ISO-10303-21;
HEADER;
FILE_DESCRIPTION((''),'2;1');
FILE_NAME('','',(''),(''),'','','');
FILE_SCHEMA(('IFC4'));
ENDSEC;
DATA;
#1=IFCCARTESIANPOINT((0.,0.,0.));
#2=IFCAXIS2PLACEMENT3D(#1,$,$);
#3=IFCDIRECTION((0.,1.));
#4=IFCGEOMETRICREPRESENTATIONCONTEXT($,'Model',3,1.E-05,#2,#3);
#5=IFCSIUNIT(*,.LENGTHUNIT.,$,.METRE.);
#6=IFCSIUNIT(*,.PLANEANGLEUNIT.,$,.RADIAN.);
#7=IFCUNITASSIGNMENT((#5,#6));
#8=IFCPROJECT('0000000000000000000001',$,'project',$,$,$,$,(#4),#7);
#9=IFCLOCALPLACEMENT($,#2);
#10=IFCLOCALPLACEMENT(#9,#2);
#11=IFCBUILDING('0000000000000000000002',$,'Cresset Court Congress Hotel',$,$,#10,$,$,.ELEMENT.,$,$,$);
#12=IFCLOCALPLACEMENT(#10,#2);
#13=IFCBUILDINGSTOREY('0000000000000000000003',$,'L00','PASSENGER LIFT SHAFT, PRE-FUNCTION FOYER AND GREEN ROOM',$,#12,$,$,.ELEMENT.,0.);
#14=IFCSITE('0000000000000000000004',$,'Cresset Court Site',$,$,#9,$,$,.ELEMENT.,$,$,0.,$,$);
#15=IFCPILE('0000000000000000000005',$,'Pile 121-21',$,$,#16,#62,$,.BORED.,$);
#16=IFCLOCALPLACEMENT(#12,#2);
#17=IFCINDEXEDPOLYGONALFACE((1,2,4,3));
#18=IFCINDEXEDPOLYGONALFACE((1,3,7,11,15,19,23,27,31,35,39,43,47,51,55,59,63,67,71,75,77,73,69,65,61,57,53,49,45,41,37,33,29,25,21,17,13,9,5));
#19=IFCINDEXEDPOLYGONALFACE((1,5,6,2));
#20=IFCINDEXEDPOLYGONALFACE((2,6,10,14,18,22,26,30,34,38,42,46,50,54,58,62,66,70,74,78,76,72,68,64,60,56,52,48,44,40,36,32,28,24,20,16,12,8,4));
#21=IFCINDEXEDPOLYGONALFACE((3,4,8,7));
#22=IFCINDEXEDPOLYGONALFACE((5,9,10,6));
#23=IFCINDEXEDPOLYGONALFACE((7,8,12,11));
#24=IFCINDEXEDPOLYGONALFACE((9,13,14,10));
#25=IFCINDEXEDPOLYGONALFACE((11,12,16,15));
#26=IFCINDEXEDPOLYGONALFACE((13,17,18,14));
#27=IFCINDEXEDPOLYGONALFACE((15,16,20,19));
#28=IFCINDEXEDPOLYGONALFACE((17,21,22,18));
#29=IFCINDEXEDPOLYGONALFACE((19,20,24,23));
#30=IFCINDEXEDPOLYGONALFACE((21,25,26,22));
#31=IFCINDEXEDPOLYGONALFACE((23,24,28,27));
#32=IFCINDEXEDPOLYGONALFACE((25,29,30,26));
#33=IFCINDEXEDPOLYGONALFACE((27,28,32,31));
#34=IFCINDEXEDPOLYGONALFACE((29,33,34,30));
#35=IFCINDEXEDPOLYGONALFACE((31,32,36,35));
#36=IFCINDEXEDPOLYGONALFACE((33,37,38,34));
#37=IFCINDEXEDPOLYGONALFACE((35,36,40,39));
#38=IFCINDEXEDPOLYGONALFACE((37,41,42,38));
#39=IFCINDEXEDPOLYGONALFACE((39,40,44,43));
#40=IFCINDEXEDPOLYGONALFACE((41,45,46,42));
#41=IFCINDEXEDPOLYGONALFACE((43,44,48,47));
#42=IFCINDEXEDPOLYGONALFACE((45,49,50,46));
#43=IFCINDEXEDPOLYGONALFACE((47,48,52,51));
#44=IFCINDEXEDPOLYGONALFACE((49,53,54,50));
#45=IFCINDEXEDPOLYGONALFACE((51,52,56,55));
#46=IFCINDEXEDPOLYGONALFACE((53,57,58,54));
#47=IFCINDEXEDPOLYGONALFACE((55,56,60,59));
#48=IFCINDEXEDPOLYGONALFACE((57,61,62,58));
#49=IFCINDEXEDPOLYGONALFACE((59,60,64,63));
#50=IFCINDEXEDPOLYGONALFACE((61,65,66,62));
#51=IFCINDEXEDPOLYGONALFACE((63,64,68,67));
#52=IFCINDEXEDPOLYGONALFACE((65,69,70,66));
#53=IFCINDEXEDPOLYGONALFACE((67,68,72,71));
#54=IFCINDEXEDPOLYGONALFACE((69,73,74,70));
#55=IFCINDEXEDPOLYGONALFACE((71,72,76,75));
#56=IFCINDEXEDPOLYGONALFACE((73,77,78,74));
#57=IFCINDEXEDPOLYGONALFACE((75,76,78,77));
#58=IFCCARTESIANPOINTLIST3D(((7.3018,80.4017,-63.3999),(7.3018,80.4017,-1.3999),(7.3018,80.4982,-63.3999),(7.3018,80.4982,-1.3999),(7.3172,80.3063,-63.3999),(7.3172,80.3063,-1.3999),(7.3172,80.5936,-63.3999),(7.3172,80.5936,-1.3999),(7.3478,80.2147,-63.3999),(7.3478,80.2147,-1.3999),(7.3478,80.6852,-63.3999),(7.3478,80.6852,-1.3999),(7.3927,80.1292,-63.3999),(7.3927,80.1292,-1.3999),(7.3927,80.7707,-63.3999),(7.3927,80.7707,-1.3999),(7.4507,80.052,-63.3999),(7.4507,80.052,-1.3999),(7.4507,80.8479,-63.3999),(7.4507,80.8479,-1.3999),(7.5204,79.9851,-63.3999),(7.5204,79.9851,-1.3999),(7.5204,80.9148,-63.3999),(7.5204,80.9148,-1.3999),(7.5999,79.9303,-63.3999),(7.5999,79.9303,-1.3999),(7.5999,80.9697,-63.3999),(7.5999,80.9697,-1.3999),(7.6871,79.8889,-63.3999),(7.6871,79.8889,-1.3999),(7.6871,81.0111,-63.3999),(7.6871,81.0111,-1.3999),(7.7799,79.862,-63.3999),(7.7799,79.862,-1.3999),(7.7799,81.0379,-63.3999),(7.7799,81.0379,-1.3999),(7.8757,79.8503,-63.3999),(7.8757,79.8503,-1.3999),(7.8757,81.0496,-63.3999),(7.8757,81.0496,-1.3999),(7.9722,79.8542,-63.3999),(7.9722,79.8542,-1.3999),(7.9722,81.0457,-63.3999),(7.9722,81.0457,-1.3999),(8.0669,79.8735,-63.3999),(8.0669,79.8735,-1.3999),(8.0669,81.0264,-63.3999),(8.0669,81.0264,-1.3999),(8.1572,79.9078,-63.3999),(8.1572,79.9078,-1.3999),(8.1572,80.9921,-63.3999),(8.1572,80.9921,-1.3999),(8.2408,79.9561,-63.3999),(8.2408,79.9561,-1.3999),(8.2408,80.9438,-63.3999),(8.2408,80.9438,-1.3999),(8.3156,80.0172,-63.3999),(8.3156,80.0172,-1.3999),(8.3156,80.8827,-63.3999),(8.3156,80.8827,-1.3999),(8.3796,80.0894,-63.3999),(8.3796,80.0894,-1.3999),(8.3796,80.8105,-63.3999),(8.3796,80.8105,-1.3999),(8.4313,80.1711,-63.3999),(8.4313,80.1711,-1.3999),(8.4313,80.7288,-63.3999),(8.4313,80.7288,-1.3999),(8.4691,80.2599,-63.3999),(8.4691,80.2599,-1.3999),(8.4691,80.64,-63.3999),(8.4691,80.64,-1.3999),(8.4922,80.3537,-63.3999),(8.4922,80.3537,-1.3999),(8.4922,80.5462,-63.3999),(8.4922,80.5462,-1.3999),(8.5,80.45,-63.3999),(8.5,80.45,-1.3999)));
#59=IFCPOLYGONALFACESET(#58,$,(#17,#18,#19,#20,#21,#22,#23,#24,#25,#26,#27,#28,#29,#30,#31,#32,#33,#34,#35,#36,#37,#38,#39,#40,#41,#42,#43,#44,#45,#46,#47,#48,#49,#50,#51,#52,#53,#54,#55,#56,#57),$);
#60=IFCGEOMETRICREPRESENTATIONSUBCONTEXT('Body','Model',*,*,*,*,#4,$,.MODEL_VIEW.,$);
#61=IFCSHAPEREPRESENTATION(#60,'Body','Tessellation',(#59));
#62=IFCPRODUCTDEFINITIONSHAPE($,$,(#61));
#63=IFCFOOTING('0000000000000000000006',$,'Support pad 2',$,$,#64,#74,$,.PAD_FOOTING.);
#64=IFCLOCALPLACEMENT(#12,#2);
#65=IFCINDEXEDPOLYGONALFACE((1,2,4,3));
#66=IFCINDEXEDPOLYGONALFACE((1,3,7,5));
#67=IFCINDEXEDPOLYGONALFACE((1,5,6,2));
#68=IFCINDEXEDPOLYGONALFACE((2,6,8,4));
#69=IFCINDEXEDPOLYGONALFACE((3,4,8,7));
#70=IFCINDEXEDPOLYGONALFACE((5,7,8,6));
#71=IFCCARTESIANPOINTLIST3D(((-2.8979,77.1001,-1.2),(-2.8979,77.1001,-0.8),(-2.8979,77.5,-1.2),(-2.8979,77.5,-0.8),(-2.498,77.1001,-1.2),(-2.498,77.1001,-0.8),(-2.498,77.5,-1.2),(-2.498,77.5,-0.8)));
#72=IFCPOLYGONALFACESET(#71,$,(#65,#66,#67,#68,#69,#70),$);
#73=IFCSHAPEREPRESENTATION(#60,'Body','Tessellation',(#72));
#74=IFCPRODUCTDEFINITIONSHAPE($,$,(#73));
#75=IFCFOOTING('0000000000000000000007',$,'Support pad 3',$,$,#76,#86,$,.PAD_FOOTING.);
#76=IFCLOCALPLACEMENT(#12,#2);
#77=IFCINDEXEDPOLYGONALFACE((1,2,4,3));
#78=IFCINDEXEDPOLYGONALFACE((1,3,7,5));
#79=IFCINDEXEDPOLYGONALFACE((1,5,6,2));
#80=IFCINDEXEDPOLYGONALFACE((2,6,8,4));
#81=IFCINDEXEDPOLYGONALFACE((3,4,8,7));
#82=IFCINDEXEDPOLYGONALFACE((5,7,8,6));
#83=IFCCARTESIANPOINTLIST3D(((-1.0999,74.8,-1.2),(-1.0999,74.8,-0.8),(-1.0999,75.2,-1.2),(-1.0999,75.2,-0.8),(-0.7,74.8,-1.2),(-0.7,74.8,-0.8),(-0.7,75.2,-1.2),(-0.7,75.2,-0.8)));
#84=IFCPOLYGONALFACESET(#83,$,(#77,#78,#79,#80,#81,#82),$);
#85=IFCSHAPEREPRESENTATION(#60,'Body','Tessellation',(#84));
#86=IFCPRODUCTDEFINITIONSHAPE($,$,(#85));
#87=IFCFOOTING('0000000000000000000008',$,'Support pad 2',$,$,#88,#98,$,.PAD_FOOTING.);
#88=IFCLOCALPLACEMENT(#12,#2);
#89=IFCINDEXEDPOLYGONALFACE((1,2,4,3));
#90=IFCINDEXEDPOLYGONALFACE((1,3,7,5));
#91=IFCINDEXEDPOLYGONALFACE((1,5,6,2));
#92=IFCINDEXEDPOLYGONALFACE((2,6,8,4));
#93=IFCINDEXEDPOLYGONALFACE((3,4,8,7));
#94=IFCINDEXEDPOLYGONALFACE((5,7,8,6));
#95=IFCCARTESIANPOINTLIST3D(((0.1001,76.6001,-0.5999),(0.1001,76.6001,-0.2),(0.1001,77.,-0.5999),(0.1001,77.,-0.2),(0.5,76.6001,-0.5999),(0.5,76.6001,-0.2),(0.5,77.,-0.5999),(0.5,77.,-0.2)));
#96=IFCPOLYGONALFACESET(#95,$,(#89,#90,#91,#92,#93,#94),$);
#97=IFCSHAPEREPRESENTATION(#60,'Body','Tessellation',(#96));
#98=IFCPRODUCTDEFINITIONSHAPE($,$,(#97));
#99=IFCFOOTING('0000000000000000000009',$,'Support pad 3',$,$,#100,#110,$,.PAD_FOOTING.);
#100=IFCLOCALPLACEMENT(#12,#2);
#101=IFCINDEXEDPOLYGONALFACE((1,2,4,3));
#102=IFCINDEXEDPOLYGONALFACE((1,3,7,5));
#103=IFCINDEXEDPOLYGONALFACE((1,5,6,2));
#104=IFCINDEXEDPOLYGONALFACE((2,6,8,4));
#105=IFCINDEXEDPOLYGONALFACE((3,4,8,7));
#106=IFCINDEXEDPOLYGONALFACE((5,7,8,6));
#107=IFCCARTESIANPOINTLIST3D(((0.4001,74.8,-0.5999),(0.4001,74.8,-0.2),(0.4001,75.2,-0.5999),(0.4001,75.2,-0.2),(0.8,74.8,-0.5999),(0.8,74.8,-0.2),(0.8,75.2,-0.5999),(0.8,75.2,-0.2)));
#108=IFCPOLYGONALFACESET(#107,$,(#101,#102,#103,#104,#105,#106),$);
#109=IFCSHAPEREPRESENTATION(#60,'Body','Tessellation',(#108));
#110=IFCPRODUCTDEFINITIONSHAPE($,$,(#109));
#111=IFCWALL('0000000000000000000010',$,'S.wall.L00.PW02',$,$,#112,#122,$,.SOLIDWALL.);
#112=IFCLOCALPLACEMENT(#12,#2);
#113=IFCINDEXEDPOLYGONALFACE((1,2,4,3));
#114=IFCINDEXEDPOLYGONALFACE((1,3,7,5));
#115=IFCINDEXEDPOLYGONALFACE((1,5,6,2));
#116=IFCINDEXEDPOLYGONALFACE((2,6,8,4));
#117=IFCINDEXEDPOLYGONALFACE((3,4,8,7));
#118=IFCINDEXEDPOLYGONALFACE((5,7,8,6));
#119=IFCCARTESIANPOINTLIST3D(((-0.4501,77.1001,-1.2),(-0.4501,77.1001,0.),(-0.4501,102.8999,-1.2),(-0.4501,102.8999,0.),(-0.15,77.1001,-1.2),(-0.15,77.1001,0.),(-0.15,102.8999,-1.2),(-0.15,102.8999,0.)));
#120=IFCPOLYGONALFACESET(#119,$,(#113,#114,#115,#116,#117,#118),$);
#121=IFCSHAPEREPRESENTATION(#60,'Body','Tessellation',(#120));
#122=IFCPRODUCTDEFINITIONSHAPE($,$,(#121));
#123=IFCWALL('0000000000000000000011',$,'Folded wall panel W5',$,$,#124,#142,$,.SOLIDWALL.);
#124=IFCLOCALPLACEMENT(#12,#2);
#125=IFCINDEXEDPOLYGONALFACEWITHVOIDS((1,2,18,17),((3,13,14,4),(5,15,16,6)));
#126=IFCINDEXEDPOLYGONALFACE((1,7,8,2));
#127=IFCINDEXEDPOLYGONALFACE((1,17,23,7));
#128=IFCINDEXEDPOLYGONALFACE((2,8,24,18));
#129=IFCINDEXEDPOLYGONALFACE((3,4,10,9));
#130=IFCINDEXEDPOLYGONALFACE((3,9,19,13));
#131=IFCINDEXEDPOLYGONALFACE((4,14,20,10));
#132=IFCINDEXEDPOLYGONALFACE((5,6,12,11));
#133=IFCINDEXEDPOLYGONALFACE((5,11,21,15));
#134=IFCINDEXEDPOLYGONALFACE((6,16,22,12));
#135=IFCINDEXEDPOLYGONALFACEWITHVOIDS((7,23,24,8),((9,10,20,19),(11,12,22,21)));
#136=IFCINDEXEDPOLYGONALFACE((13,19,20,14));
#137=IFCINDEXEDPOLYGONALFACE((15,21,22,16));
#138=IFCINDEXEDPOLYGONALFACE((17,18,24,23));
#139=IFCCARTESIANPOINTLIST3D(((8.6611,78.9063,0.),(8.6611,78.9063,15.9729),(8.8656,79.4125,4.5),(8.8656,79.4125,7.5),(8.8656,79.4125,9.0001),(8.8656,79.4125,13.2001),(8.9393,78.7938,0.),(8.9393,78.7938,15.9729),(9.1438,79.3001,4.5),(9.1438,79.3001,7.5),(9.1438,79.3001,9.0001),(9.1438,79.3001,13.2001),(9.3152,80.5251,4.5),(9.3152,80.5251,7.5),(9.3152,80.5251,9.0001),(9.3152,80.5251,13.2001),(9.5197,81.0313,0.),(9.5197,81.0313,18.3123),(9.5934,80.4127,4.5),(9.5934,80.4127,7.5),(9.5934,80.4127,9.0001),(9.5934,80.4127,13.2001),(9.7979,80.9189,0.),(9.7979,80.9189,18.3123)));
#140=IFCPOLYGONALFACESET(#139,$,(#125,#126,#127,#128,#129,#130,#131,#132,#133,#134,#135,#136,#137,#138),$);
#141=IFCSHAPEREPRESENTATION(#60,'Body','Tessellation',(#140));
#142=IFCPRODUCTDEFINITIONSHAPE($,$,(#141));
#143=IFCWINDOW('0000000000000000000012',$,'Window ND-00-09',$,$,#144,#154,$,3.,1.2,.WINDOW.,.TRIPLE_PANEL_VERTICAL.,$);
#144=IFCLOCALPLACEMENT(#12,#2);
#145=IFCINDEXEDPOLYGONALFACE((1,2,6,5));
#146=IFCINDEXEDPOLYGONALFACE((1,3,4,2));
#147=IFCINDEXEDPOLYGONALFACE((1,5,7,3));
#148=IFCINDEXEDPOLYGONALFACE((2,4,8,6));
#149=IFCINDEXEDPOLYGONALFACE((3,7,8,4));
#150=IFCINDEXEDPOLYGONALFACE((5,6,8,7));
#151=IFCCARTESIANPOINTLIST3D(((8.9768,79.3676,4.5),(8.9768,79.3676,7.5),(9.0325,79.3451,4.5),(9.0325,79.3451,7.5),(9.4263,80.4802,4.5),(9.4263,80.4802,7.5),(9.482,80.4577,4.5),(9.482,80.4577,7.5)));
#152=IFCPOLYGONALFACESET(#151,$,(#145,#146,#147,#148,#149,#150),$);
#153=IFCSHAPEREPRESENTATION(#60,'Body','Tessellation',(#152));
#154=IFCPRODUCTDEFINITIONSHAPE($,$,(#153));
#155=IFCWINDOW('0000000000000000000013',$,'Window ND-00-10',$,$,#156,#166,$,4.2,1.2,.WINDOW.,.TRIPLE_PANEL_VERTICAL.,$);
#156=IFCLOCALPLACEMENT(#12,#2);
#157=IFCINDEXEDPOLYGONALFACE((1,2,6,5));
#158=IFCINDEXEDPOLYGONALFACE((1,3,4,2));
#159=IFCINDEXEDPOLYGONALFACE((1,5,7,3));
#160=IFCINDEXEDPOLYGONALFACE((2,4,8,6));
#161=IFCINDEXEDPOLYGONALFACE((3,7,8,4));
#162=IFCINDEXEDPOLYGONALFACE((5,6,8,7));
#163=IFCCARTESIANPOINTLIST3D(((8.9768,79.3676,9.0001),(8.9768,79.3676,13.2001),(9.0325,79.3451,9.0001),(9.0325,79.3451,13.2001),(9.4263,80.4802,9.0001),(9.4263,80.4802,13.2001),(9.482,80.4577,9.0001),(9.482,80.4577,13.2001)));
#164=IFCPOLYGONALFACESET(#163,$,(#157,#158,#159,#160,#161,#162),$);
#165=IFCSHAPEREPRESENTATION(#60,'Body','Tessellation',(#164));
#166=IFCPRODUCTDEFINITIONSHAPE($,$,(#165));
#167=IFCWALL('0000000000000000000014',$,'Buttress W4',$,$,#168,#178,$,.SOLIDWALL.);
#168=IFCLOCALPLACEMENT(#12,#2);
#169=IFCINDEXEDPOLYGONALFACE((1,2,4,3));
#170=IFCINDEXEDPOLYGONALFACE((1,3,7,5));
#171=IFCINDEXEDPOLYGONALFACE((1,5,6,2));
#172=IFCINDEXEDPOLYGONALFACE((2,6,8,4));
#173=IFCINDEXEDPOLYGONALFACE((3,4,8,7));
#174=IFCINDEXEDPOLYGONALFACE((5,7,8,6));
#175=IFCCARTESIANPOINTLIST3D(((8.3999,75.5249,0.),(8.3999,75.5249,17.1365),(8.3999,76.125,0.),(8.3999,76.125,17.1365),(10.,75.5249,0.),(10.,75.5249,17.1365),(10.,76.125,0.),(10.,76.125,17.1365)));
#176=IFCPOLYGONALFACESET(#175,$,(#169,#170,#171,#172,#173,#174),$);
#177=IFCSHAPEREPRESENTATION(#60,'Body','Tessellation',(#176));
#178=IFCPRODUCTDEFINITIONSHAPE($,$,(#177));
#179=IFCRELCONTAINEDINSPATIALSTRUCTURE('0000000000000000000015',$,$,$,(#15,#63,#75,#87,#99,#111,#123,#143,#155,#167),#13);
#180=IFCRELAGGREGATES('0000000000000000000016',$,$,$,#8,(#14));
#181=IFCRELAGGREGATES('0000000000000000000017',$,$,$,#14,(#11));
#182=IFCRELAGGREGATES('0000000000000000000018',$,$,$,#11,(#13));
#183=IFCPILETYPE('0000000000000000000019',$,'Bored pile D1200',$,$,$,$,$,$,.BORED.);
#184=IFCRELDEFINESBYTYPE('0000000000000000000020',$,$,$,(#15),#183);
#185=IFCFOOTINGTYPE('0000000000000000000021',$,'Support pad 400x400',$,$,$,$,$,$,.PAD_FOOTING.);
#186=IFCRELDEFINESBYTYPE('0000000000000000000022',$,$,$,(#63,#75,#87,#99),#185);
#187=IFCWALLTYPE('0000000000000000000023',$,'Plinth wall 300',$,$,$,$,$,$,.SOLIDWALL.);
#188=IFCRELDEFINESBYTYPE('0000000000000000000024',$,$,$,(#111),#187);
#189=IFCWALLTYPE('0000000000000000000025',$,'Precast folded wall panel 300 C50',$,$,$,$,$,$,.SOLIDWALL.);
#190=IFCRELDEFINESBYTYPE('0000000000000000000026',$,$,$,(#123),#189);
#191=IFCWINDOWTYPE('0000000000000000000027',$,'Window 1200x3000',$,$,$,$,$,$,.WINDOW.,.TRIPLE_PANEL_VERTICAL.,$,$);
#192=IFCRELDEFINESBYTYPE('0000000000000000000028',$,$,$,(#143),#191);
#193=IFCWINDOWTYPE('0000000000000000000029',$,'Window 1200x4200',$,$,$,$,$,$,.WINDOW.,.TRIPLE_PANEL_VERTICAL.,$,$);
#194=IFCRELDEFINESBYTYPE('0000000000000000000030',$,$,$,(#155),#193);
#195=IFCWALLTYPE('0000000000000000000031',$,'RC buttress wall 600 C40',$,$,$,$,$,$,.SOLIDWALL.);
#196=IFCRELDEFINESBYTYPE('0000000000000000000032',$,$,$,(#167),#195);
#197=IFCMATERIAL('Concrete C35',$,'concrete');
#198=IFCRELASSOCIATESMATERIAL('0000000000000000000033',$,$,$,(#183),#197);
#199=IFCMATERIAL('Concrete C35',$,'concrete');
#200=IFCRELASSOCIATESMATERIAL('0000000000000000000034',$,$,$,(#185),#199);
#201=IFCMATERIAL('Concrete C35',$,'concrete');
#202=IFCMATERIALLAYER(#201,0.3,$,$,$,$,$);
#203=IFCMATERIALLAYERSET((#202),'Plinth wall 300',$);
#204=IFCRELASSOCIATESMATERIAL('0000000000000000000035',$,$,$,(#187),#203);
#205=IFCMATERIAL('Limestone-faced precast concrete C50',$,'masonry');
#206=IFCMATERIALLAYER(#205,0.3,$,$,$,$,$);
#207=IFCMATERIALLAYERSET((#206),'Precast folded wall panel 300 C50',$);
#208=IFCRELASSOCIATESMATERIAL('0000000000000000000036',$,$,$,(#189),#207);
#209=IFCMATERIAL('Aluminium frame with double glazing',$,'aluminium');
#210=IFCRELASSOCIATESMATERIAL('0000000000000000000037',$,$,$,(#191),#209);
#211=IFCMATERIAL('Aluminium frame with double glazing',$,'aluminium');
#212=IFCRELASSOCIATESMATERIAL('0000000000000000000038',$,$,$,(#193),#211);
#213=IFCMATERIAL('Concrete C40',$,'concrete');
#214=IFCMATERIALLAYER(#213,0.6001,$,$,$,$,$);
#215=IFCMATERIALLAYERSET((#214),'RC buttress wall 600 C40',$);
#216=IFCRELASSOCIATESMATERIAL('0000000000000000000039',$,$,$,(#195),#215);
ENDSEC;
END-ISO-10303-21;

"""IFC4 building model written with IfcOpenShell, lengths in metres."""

from ifc_helpers import new_model, si_unit, direction, frame, frame_2d, origin, origin_2d, place, context, subcontext, project, spatial, polyline, rectangle, circle, outline, extrude, material, layer, layer_set, type_object, element, fill, save


model = new_model("IFC4")

# Units and contexts
model_context = context("Model", 3, precision=1e-05, world=origin(), true_north=direction((0.0, 1.0)))
body_context = subcontext(model_context, "Body", "Model", "MODEL_VIEW")
ifc_project = project(units=[si_unit("LENGTHUNIT", "METRE"), si_unit("PLANEANGLEUNIT", "RADIAN")], contexts=[model_context])

# Site, building, storey
site_placement = place(None, origin())
site = spatial("IfcSite", under=ifc_project, at=site_placement, Name="Cresset Court Site", CompositionType="ELEMENT", RefElevation=0.0)
building_placement = place(site_placement, origin())
building = spatial("IfcBuilding", under=site, at=building_placement, Name="Cresset Court Congress Hotel", CompositionType="ELEMENT")
storey_placement = place(building_placement, origin())
storey = spatial("IfcBuildingStorey", under=building, at=storey_placement, Name="L00", Description="PASSENGER LIFT SHAFT, PRE-FUNCTION FOYER AND GREEN ROOM", CompositionType="ELEMENT", Elevation=0.0)

# Pile
ifc_material_1 = material(Name="Concrete C35", Category="concrete")
pile_type = type_object("IfcPileType", Name="Bored pile D1200", PredefinedType="BORED", material=ifc_material_1)
pile_placement = place(storey_placement, frame((7.8999, 80.45, -1.3999), z_axis=(0.0, 0.0, -1.0), x_axis=(1.0, 0.0, 0.0)))
element("IfcPile", 1, at=pile_placement, inside=storey, type_object=pile_type, Name="Pile 121-21", PredefinedType="BORED", context=body_context, shape_type="SweptSolid", body=[
    extrude(circle(Radius=0.6001, at=origin_2d()), origin(), (0.0, 0.0, 1.0), 62.0),
])

# Footings
ifc_material_2 = material(Name="Concrete C35", Category="concrete")
footing_type = type_object("IfcFootingType", Name="Support pad 400x400", PredefinedType="PAD_FOOTING", material=ifc_material_2)
for number, where, z_axis, x_axis, name in (
    (2, (-2.698, 77.3, -1.2), (0.0, 0.0, 1.0), (1.0, 0.0, 0.0), "Support pad 2"),
    (3, (-0.8999, 75.0, -1.2), (0.0, 0.0, 1.0), (1.0, 0.0, 0.0), "Support pad 3"),
    (4, (0.3, 76.8, -0.5999), (0.0, 0.0, 1.0), (1.0, 0.0, 0.0), "Support pad 2"),
    (5, (0.6001, 75.0, -0.5999), (0.0, 0.0, 1.0), (1.0, 0.0, 0.0), "Support pad 3"),
):
    element("IfcFooting", number, at=place(storey_placement, frame(where, z_axis=z_axis, x_axis=x_axis)), inside=storey, type_object=footing_type, Name=name, PredefinedType="PAD_FOOTING", context=body_context, shape_type="SweptSolid", body=[
        extrude(rectangle(XDim=0.3999, YDim=0.3999, at=origin_2d()), origin(), (0.0, 0.0, 1.0), 0.3999),
    ])

# Wall
ifc_material_3 = material(Name="Concrete C35", Category="concrete")
ifc_layer_1 = layer(ifc_material_3, 0.3)
ifc_layer_set_1 = layer_set([ifc_layer_1], Name="Plinth wall 300")
wall_type_1 = type_object("IfcWallType", Name="Plinth wall 300", PredefinedType="SOLIDWALL", material=ifc_layer_set_1)
wall_1_placement = place(storey_placement, frame((-0.3, 77.1001, -1.2), z_axis=(0.0, 0.0, 1.0), x_axis=(0.0, 1.0, 0.0)))
element("IfcWall", 6, at=wall_1_placement, inside=storey, type_object=wall_type_1, Name="S.wall.L00.PW02", PredefinedType="SOLIDWALL", context=body_context, shape_type="SweptSolid", body=[
    extrude(rectangle(XDim=25.7998, YDim=0.3, at=frame_2d((12.8999, 0.0))), origin(), (0.0, 0.0, 1.0), 1.2),
])

# Wall, openings, windows
ifc_material_4 = material(Name="Limestone-faced precast concrete C50", Category="masonry")
ifc_layer_2 = layer(ifc_material_4, 0.3)
ifc_layer_set_2 = layer_set([ifc_layer_2], Name="Precast folded wall panel 300 C50")
wall_type_2 = type_object("IfcWallType", Name="Precast folded wall panel 300 C50", PredefinedType="SOLIDWALL", material=ifc_layer_set_2)
wall_2_placement = place(storey_placement, frame((8.8, 78.8501, 0.0), z_axis=(0.0, 0.0, 1.0), x_axis=(0.374639, 0.927171, 0.0)))
wall_2 = element("IfcWall", 7, at=wall_2_placement, inside=storey, type_object=wall_type_2, Name="Folded wall panel W5", PredefinedType="SOLIDWALL", context=body_context, shape_type="SweptSolid", body=[
    extrude(outline(polyline([(0.0, 0.0), (2.292, 0.0), (2.292, 18.3123), (0.0, 15.9729), (0.0, 0.0)])), frame((0.0, 0.1499, 0.0), z_axis=(0.0, -1.0, 0.0), x_axis=(1.0, 0.0, 0.0)), (0.0, 0.0, 1.0), 0.3),
])
opening_1_placement = place(wall_2_placement, frame((0.5459, 0.0, 4.5)))
opening_1 = element("IfcOpeningElement", 8, at=opening_1_placement, cuts=wall_2, PredefinedType="OPENING", context=body_context, shape_type="SweptSolid", body=[
    extrude(rectangle(XDim=1.2, YDim=3.0, at=frame_2d((0.6001, 1.5))), frame((0.0, 0.1599, 0.0), z_axis=(0.0, -1.0, 0.0), x_axis=(1.0, 0.0, 0.0)), (0.0, 0.0, 1.0), 0.3201),
])
opening_2_placement = place(wall_2_placement, frame((0.5459, 0.0, 9.0)))
opening_2 = element("IfcOpeningElement", 9, at=opening_2_placement, cuts=wall_2, PredefinedType="OPENING", context=body_context, shape_type="SweptSolid", body=[
    extrude(rectangle(XDim=1.2, YDim=4.2, at=frame_2d((0.6001, 2.1001))), frame((0.0, 0.1599, 0.0), z_axis=(0.0, -1.0, 0.0), x_axis=(1.0, 0.0, 0.0)), (0.0, 0.0, 1.0), 0.3201),
])
ifc_material_5 = material(Name="Aluminium frame with double glazing", Category="aluminium")
window_type_1 = type_object("IfcWindowType", Name="Window 1200x3000", PartitioningType="TRIPLE_PANEL_VERTICAL", PredefinedType="WINDOW", material=ifc_material_5)
window_1_placement = place(opening_1_placement, origin())
window_1 = element("IfcWindow", 10, at=window_1_placement, inside=storey, type_object=window_type_1, Name="Window ND-00-09", OverallHeight=3.0, OverallWidth=1.2, PartitioningType="TRIPLE_PANEL_VERTICAL", PredefinedType="WINDOW", context=body_context, shape_type="SweptSolid", body=[
    extrude(rectangle(XDim=1.2, YDim=3.0, at=frame_2d((0.6001, 1.5))), frame((0.0, 0.03, 0.0), z_axis=(0.0, -1.0, 0.0), x_axis=(1.0, 0.0, 0.0)), (0.0, 0.0, 1.0), 0.0601),
])
fill(opening_1, window_1)
ifc_material_6 = material(Name="Aluminium frame with double glazing", Category="aluminium")
window_type_2 = type_object("IfcWindowType", Name="Window 1200x4200", PartitioningType="TRIPLE_PANEL_VERTICAL", PredefinedType="WINDOW", material=ifc_material_6)
window_2_placement = place(opening_2_placement, origin())
window_2 = element("IfcWindow", 11, at=window_2_placement, inside=storey, type_object=window_type_2, Name="Window ND-00-10", OverallHeight=4.2, OverallWidth=1.2, PartitioningType="TRIPLE_PANEL_VERTICAL", PredefinedType="WINDOW", context=body_context, shape_type="SweptSolid", body=[
    extrude(rectangle(XDim=1.2, YDim=4.2, at=frame_2d((0.6001, 2.1001))), frame((0.0, 0.03, 0.0), z_axis=(0.0, -1.0, 0.0), x_axis=(1.0, 0.0, 0.0)), (0.0, 0.0, 1.0), 0.0601),
])
fill(opening_2, window_2)

# Wall
ifc_material_7 = material(Name="Concrete C40", Category="concrete")
ifc_layer_3 = layer(ifc_material_7, 0.6001)
ifc_layer_set_3 = layer_set([ifc_layer_3], Name="RC buttress wall 600 C40")
wall_type_3 = type_object("IfcWallType", Name="RC buttress wall 600 C40", PredefinedType="SOLIDWALL", material=ifc_layer_set_3)
wall_3_placement = place(storey_placement, frame((8.3999, 75.825, 0.0), z_axis=(0.0, 0.0, 1.0), x_axis=(1.0, 0.0, 0.0)))
element("IfcWall", 12, at=wall_3_placement, inside=storey, type_object=wall_type_3, Name="Buttress W4", PredefinedType="SOLIDWALL", context=body_context, shape_type="SweptSolid", body=[
    extrude(rectangle(XDim=1.6001, YDim=0.6001, at=frame_2d((0.8, 0.0))), origin(), (0.0, 0.0, 1.0), 17.1365),
])

save(model, "model.ifc")
